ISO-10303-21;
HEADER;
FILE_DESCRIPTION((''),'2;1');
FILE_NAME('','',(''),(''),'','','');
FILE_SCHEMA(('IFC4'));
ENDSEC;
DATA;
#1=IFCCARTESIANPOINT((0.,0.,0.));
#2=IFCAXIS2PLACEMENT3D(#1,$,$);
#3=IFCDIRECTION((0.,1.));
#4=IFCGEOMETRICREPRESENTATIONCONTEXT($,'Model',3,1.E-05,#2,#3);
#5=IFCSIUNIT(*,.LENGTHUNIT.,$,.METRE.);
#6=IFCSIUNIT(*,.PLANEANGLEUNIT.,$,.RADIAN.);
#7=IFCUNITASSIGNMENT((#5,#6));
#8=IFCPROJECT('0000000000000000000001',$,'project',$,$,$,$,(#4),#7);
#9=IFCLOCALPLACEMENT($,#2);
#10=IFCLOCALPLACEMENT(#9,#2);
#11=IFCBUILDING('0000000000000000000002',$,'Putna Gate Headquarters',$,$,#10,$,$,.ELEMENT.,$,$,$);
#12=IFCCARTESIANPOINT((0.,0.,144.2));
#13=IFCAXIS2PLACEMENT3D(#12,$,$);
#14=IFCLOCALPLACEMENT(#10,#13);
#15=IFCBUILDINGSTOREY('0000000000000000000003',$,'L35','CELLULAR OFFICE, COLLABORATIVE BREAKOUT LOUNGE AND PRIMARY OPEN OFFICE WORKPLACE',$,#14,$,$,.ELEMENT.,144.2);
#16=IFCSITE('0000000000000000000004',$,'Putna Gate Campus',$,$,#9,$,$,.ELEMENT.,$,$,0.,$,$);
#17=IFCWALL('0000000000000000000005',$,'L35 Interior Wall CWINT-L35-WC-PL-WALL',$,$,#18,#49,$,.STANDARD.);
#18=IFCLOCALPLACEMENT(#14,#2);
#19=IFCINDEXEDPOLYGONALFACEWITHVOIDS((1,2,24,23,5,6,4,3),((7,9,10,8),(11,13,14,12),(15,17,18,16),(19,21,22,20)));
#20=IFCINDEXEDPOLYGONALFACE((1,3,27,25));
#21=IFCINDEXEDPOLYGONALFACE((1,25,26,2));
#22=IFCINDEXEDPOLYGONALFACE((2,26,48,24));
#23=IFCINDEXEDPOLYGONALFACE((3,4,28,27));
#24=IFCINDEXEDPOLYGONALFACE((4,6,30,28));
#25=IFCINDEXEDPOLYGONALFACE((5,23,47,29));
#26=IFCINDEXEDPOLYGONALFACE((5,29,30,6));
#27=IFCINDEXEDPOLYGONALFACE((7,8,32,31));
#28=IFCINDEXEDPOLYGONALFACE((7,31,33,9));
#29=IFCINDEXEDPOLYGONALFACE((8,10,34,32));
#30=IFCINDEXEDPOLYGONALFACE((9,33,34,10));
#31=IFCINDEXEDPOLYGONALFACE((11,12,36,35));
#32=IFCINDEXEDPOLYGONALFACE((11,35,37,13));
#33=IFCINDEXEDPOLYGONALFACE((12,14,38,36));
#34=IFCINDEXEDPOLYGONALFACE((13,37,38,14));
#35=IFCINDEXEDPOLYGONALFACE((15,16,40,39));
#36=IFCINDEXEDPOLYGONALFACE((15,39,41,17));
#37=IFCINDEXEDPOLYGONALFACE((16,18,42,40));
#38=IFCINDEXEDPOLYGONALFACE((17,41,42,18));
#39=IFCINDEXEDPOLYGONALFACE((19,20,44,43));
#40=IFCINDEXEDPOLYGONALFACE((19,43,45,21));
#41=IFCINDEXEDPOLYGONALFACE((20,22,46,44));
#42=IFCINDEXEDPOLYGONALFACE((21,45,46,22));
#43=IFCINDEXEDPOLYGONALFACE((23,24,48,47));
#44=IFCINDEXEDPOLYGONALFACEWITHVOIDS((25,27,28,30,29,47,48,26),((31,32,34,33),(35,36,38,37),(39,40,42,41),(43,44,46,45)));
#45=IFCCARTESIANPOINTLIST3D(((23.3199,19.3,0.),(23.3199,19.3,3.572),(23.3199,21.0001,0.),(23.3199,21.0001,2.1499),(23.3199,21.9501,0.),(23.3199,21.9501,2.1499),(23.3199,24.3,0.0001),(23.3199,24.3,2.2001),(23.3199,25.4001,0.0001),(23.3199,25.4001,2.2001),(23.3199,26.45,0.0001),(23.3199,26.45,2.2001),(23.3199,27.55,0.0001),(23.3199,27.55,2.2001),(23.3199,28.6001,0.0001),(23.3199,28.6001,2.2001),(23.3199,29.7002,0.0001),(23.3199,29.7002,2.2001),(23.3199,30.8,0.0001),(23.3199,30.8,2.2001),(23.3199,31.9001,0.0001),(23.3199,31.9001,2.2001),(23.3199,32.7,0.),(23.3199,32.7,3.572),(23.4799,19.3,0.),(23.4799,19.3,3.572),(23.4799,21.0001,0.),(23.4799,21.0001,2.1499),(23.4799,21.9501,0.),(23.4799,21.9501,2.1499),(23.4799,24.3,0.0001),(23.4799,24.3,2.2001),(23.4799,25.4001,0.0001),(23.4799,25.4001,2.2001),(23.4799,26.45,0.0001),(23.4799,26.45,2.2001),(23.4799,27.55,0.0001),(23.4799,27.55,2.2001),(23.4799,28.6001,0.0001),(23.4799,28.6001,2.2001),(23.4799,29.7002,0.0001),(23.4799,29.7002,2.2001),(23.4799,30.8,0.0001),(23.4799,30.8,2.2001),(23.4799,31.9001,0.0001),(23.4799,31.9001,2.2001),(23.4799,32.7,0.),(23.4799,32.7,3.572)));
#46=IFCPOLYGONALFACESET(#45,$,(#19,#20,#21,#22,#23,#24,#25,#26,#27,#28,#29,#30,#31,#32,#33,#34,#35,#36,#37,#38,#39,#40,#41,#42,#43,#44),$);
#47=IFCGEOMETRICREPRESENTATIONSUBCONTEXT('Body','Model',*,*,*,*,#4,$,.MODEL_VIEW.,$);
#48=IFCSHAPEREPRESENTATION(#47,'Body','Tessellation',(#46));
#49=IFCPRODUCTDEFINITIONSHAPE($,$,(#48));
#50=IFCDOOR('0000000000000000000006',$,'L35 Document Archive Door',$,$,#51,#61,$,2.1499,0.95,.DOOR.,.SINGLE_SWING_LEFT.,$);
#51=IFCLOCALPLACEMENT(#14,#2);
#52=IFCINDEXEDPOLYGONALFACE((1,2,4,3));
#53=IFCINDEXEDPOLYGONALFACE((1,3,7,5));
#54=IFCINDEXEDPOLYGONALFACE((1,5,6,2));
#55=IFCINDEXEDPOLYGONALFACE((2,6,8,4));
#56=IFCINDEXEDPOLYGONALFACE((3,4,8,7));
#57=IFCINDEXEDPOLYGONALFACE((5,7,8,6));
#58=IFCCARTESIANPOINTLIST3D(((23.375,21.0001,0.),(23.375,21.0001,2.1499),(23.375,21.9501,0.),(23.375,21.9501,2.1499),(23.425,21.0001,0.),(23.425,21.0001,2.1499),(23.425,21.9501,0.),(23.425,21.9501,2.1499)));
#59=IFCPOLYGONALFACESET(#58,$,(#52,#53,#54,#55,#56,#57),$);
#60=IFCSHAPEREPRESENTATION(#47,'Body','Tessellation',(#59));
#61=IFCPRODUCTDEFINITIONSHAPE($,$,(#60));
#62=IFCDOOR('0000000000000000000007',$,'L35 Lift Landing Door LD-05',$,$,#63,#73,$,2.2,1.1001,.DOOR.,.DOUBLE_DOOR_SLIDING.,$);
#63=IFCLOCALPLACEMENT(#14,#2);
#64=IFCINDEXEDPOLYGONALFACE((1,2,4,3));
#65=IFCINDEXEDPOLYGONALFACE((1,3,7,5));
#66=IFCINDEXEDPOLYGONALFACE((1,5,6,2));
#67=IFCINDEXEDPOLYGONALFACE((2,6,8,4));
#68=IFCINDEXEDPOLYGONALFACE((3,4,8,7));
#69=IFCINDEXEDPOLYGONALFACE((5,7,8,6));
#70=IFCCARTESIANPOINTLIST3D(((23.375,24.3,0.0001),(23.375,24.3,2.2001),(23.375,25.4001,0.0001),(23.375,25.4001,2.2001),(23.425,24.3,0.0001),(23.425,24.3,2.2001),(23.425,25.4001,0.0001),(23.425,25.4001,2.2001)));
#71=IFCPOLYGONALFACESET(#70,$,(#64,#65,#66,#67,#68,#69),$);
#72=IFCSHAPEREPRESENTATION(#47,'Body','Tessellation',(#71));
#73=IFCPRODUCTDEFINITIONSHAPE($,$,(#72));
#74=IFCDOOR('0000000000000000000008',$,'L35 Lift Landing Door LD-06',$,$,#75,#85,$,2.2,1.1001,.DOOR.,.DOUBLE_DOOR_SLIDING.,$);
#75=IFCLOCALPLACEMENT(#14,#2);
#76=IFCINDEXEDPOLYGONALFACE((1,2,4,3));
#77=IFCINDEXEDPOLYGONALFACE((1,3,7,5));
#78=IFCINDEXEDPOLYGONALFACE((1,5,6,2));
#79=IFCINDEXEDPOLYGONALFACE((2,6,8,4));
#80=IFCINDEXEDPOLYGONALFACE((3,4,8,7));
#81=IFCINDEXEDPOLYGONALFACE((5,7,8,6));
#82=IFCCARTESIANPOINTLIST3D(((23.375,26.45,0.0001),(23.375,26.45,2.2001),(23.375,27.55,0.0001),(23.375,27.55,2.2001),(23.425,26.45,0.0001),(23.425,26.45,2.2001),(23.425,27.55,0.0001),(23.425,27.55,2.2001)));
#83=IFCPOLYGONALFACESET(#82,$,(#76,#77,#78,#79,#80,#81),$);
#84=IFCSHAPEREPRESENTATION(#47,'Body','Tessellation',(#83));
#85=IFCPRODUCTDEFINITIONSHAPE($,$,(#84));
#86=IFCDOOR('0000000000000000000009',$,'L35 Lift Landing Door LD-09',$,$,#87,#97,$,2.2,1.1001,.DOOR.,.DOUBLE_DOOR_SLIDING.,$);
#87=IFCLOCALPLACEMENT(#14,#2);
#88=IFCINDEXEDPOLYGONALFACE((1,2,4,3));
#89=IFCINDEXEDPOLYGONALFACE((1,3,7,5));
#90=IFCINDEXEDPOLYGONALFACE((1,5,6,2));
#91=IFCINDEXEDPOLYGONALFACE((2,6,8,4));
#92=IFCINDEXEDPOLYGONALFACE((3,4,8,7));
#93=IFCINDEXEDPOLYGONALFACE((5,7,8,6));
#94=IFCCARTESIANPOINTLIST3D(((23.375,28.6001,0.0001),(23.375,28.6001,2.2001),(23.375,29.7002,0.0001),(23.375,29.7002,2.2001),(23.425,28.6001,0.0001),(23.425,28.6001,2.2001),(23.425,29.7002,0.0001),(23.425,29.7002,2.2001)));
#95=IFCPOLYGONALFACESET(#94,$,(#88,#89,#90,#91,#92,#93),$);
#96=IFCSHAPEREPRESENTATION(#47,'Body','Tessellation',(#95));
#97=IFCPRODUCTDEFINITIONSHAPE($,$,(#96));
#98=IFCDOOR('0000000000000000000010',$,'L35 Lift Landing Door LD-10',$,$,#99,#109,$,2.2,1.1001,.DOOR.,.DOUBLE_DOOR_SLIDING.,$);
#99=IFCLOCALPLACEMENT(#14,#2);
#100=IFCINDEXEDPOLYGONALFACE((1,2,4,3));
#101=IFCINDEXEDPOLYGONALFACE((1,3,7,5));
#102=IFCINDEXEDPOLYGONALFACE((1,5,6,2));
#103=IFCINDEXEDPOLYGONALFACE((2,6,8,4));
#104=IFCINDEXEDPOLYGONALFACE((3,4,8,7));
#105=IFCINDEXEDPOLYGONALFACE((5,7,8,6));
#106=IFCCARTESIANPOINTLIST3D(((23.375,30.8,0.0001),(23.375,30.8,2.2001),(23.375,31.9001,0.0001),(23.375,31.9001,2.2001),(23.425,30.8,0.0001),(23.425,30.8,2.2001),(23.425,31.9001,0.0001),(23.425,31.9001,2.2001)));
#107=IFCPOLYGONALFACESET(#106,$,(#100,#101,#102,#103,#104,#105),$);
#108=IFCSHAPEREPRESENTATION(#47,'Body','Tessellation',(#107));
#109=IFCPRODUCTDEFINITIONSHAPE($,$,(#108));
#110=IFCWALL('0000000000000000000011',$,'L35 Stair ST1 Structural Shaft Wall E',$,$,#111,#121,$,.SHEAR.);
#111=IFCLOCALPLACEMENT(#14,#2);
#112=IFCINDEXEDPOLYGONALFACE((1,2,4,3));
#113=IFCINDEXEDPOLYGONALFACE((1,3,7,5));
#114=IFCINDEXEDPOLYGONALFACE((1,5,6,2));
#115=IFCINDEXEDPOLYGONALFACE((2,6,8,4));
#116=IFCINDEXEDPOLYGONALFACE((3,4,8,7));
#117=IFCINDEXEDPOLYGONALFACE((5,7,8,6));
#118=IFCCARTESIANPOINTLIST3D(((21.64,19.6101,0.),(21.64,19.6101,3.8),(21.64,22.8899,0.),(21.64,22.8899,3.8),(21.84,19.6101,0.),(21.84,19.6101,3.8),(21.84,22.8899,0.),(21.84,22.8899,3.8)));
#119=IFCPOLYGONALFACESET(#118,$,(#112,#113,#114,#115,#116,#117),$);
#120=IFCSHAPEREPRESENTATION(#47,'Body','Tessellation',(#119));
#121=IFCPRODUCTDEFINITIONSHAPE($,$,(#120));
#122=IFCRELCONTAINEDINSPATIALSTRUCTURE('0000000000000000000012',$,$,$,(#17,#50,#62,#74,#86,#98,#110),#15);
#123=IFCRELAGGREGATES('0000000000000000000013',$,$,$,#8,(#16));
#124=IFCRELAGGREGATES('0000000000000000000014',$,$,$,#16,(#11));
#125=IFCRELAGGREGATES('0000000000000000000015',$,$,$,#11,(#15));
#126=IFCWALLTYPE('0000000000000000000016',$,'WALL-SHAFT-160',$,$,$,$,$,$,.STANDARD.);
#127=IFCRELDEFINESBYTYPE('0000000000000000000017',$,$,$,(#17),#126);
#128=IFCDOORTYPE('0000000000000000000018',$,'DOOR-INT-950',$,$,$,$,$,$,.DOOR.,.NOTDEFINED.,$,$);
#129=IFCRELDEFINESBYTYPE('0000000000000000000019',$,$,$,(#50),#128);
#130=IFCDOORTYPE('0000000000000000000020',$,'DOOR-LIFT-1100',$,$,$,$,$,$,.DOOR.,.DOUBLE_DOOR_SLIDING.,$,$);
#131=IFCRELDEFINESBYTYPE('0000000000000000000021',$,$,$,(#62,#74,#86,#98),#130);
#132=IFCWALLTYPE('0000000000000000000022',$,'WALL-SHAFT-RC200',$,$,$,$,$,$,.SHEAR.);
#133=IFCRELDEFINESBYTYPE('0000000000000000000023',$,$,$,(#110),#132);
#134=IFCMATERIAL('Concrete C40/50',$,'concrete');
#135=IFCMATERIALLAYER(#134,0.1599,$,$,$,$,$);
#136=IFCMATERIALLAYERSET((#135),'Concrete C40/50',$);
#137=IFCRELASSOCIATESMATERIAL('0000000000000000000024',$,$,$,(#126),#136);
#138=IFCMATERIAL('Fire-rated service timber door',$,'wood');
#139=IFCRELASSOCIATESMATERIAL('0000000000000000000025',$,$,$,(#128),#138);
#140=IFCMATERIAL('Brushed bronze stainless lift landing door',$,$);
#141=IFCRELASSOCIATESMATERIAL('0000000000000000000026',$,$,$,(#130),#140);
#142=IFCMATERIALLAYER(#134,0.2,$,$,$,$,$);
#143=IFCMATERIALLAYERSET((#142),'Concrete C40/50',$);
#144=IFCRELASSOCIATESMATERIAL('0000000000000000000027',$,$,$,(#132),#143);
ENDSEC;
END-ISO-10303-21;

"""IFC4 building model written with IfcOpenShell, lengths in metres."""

from ifc_helpers import new_model, si_unit, direction, frame, frame_2d, origin, place, context, subcontext, project, spatial, rectangle, extrude, material, layer, layer_set, type_object, element, fill, save


model = new_model("IFC4")

# Units and contexts
model_context = context("Model", 3, precision=1e-05, world=origin(), true_north=direction((0.0, 1.0)))
body_context = subcontext(model_context, "Body", "Model", "MODEL_VIEW")
ifc_project = project(units=[si_unit("LENGTHUNIT", "METRE"), si_unit("PLANEANGLEUNIT", "RADIAN")], contexts=[model_context])

# Site, building, storey
site_placement = place(None, origin())
site = spatial("IfcSite", under=ifc_project, at=site_placement, Name="Putna Gate Campus", CompositionType="ELEMENT", RefElevation=0.0)
building_placement = place(site_placement, origin())
building = spatial("IfcBuilding", under=site, at=building_placement, Name="Putna Gate Headquarters", CompositionType="ELEMENT")
storey_placement = place(building_placement, frame((0.0, 0.0, 144.2)))
storey = spatial("IfcBuildingStorey", under=building, at=storey_placement, Name="L35", Description="CELLULAR OFFICE, COLLABORATIVE BREAKOUT LOUNGE AND PRIMARY OPEN OFFICE WORKPLACE", CompositionType="ELEMENT", Elevation=144.2)

# Wall, openings, doors
ifc_material_1 = material(Name="Concrete C40/50", Category="concrete")
ifc_layer_1 = layer(ifc_material_1, 0.1599)
ifc_layer_set_1 = layer_set([ifc_layer_1], Name="Concrete C40/50")
wall_type_1 = type_object("IfcWallType", Name="WALL-SHAFT-160", PredefinedType="STANDARD", material=ifc_layer_set_1)
wall_1_placement = place(storey_placement, frame((23.3999, 19.3, 0.0), z_axis=(0.0, 0.0, 1.0), x_axis=(0.0, 1.0, 0.0)))
wall_1 = element("IfcWall", 1, at=wall_1_placement, inside=storey, type_object=wall_type_1, Name="L35 Interior Wall CWINT-L35-WC-PL-WALL", PredefinedType="STANDARD", context=body_context, shape_type="SweptSolid", body=[
    extrude(rectangle(XDim=13.3999, YDim=0.1599, at=frame_2d((6.7, 0.0))), origin(), (0.0, 0.0, 1.0), 3.572),
])
opening_1_placement = place(wall_1_placement, frame((1.7, 0.0, 0.0)))
opening_1 = element("IfcOpeningElement", 2, at=opening_1_placement, cuts=wall_1, PredefinedType="OPENING", context=body_context, shape_type="SweptSolid", body=[
    extrude(rectangle(XDim=0.95, YDim=2.1499, at=frame_2d((0.4751, 1.075))), frame((0.0, 0.0898, 0.0), z_axis=(0.0, -1.0, 0.0), x_axis=(1.0, 0.0, 0.0)), (0.0, 0.0, 1.0), 0.1799),
])
opening_2_placement = place(wall_1_placement, frame((5.0, 0.0, 0.0)))
opening_2 = element("IfcOpeningElement", 3, at=opening_2_placement, cuts=wall_1, PredefinedType="OPENING", context=body_context, shape_type="SweptSolid", body=[
    extrude(rectangle(XDim=1.1001, YDim=2.2, at=frame_2d((0.55, 1.1001))), frame((0.0, 0.0898, 0.0), z_axis=(0.0, -1.0, 0.0), x_axis=(1.0, 0.0, 0.0)), (0.0, 0.0, 1.0), 0.1799),
])
opening_3_placement = place(wall_1_placement, frame((7.1499, 0.0, 0.0)))
opening_3 = element("IfcOpeningElement", 4, at=opening_3_placement, cuts=wall_1, PredefinedType="OPENING", context=body_context, shape_type="SweptSolid", body=[
    extrude(rectangle(XDim=1.1001, YDim=2.2, at=frame_2d((0.55, 1.1001))), frame((0.0, 0.0898, 0.0), z_axis=(0.0, -1.0, 0.0), x_axis=(1.0, 0.0, 0.0)), (0.0, 0.0, 1.0), 0.1799),
])
opening_4_placement = place(wall_1_placement, frame((9.3, 0.0, 0.0)))
opening_4 = element("IfcOpeningElement", 5, at=opening_4_placement, cuts=wall_1, PredefinedType="OPENING", context=body_context, shape_type="SweptSolid", body=[
    extrude(rectangle(XDim=1.1001, YDim=2.2, at=frame_2d((0.55, 1.1001))), frame((0.0, 0.0898, 0.0), z_axis=(0.0, -1.0, 0.0), x_axis=(1.0, 0.0, 0.0)), (0.0, 0.0, 1.0), 0.1799),
])
opening_5_placement = place(wall_1_placement, frame((11.5, 0.0, 0.0)))
opening_5 = element("IfcOpeningElement", 6, at=opening_5_placement, cuts=wall_1, PredefinedType="OPENING", context=body_context, shape_type="SweptSolid", body=[
    extrude(rectangle(XDim=1.1001, YDim=2.2, at=frame_2d((0.55, 1.1001))), frame((0.0, 0.0898, 0.0), z_axis=(0.0, -1.0, 0.0), x_axis=(1.0, 0.0, 0.0)), (0.0, 0.0, 1.0), 0.1799),
])
ifc_material_2 = material(Name="Fire-rated service timber door", Category="wood")
door_type_1 = type_object("IfcDoorType", Name="DOOR-INT-950", OperationType="NOTDEFINED", PredefinedType="DOOR", material=ifc_material_2)
door_1_placement = place(opening_1_placement, origin())
door_1 = element("IfcDoor", 7, at=door_1_placement, inside=storey, type_object=door_type_1, Name="L35 Document Archive Door", OperationType="SINGLE_SWING_LEFT", OverallHeight=2.1499, OverallWidth=0.95, PredefinedType="DOOR", context=body_context, shape_type="SweptSolid", body=[
    extrude(rectangle(XDim=0.95, YDim=2.1499, at=frame_2d((0.4751, 1.075))), frame((0.0, 0.0249, 0.0), z_axis=(0.0, -1.0, 0.0), x_axis=(1.0, 0.0, 0.0)), (0.0, 0.0, 1.0), 0.05),
])
fill(opening_1, door_1)
ifc_material_3 = material(Name="Brushed bronze stainless lift landing door")
door_type_2 = type_object("IfcDoorType", Name="DOOR-LIFT-1100", OperationType="DOUBLE_DOOR_SLIDING", PredefinedType="DOOR", material=ifc_material_3)
door_2_placement = place(opening_2_placement, origin())
door_2 = element("IfcDoor", 8, at=door_2_placement, inside=storey, type_object=door_type_2, Name="L35 Lift Landing Door LD-05", OperationType="DOUBLE_DOOR_SLIDING", OverallHeight=2.2, OverallWidth=1.1001, PredefinedType="DOOR", context=body_context, shape_type="SweptSolid", body=[
    extrude(rectangle(XDim=1.1001, YDim=2.2, at=frame_2d((0.55, 1.1001))), frame((0.0, 0.0249, 0.0), z_axis=(0.0, -1.0, 0.0), x_axis=(1.0, 0.0, 0.0)), (0.0, 0.0, 1.0), 0.05),
])
fill(opening_2, door_2)
door_3_placement = place(opening_3_placement, origin())
door_3 = element("IfcDoor", 9, at=door_3_placement, inside=storey, type_object=door_type_2, Name="L35 Lift Landing Door LD-06", OperationType="DOUBLE_DOOR_SLIDING", OverallHeight=2.2, OverallWidth=1.1001, PredefinedType="DOOR", context=body_context, shape_type="SweptSolid", body=[
    extrude(rectangle(XDim=1.1001, YDim=2.2, at=frame_2d((0.55, 1.1001))), frame((0.0, 0.0249, 0.0), z_axis=(0.0, -1.0, 0.0), x_axis=(1.0, 0.0, 0.0)), (0.0, 0.0, 1.0), 0.05),
])
fill(opening_3, door_3)
door_4_placement = place(opening_4_placement, origin())
door_4 = element("IfcDoor", 10, at=door_4_placement, inside=storey, type_object=door_type_2, Name="L35 Lift Landing Door LD-09", OperationType="DOUBLE_DOOR_SLIDING", OverallHeight=2.2, OverallWidth=1.1001, PredefinedType="DOOR", context=body_context, shape_type="SweptSolid", body=[
    extrude(rectangle(XDim=1.1001, YDim=2.2, at=frame_2d((0.55, 1.1001))), frame((0.0, 0.0249, 0.0), z_axis=(0.0, -1.0, 0.0), x_axis=(1.0, 0.0, 0.0)), (0.0, 0.0, 1.0), 0.05),
])
fill(opening_4, door_4)
door_5_placement = place(opening_5_placement, origin())
door_5 = element("IfcDoor", 11, at=door_5_placement, inside=storey, type_object=door_type_2, Name="L35 Lift Landing Door LD-10", OperationType="DOUBLE_DOOR_SLIDING", OverallHeight=2.2, OverallWidth=1.1001, PredefinedType="DOOR", context=body_context, shape_type="SweptSolid", body=[
    extrude(rectangle(XDim=1.1001, YDim=2.2, at=frame_2d((0.55, 1.1001))), frame((0.0, 0.0249, 0.0), z_axis=(0.0, -1.0, 0.0), x_axis=(1.0, 0.0, 0.0)), (0.0, 0.0, 1.0), 0.05),
])
fill(opening_5, door_5)

# Wall
ifc_layer_2 = layer(ifc_material_1, 0.2)
ifc_layer_set_2 = layer_set([ifc_layer_2], Name="Concrete C40/50")
wall_type_2 = type_object("IfcWallType", Name="WALL-SHAFT-RC200", PredefinedType="SHEAR", material=ifc_layer_set_2)
wall_2_placement = place(storey_placement, frame((21.74, 19.6101, 0.0), z_axis=(0.0, 0.0, 1.0), x_axis=(0.0, 1.0, 0.0)))
element("IfcWall", 12, at=wall_2_placement, inside=storey, type_object=wall_type_2, Name="L35 Stair ST1 Structural Shaft Wall E", PredefinedType="SHEAR", context=body_context, shape_type="SweptSolid", body=[
    extrude(rectangle(XDim=3.2798, YDim=0.2, at=frame_2d((1.6399, 0.0))), origin(), (0.0, 0.0, 1.0), 3.8),
])

save(model, "model.ifc")
